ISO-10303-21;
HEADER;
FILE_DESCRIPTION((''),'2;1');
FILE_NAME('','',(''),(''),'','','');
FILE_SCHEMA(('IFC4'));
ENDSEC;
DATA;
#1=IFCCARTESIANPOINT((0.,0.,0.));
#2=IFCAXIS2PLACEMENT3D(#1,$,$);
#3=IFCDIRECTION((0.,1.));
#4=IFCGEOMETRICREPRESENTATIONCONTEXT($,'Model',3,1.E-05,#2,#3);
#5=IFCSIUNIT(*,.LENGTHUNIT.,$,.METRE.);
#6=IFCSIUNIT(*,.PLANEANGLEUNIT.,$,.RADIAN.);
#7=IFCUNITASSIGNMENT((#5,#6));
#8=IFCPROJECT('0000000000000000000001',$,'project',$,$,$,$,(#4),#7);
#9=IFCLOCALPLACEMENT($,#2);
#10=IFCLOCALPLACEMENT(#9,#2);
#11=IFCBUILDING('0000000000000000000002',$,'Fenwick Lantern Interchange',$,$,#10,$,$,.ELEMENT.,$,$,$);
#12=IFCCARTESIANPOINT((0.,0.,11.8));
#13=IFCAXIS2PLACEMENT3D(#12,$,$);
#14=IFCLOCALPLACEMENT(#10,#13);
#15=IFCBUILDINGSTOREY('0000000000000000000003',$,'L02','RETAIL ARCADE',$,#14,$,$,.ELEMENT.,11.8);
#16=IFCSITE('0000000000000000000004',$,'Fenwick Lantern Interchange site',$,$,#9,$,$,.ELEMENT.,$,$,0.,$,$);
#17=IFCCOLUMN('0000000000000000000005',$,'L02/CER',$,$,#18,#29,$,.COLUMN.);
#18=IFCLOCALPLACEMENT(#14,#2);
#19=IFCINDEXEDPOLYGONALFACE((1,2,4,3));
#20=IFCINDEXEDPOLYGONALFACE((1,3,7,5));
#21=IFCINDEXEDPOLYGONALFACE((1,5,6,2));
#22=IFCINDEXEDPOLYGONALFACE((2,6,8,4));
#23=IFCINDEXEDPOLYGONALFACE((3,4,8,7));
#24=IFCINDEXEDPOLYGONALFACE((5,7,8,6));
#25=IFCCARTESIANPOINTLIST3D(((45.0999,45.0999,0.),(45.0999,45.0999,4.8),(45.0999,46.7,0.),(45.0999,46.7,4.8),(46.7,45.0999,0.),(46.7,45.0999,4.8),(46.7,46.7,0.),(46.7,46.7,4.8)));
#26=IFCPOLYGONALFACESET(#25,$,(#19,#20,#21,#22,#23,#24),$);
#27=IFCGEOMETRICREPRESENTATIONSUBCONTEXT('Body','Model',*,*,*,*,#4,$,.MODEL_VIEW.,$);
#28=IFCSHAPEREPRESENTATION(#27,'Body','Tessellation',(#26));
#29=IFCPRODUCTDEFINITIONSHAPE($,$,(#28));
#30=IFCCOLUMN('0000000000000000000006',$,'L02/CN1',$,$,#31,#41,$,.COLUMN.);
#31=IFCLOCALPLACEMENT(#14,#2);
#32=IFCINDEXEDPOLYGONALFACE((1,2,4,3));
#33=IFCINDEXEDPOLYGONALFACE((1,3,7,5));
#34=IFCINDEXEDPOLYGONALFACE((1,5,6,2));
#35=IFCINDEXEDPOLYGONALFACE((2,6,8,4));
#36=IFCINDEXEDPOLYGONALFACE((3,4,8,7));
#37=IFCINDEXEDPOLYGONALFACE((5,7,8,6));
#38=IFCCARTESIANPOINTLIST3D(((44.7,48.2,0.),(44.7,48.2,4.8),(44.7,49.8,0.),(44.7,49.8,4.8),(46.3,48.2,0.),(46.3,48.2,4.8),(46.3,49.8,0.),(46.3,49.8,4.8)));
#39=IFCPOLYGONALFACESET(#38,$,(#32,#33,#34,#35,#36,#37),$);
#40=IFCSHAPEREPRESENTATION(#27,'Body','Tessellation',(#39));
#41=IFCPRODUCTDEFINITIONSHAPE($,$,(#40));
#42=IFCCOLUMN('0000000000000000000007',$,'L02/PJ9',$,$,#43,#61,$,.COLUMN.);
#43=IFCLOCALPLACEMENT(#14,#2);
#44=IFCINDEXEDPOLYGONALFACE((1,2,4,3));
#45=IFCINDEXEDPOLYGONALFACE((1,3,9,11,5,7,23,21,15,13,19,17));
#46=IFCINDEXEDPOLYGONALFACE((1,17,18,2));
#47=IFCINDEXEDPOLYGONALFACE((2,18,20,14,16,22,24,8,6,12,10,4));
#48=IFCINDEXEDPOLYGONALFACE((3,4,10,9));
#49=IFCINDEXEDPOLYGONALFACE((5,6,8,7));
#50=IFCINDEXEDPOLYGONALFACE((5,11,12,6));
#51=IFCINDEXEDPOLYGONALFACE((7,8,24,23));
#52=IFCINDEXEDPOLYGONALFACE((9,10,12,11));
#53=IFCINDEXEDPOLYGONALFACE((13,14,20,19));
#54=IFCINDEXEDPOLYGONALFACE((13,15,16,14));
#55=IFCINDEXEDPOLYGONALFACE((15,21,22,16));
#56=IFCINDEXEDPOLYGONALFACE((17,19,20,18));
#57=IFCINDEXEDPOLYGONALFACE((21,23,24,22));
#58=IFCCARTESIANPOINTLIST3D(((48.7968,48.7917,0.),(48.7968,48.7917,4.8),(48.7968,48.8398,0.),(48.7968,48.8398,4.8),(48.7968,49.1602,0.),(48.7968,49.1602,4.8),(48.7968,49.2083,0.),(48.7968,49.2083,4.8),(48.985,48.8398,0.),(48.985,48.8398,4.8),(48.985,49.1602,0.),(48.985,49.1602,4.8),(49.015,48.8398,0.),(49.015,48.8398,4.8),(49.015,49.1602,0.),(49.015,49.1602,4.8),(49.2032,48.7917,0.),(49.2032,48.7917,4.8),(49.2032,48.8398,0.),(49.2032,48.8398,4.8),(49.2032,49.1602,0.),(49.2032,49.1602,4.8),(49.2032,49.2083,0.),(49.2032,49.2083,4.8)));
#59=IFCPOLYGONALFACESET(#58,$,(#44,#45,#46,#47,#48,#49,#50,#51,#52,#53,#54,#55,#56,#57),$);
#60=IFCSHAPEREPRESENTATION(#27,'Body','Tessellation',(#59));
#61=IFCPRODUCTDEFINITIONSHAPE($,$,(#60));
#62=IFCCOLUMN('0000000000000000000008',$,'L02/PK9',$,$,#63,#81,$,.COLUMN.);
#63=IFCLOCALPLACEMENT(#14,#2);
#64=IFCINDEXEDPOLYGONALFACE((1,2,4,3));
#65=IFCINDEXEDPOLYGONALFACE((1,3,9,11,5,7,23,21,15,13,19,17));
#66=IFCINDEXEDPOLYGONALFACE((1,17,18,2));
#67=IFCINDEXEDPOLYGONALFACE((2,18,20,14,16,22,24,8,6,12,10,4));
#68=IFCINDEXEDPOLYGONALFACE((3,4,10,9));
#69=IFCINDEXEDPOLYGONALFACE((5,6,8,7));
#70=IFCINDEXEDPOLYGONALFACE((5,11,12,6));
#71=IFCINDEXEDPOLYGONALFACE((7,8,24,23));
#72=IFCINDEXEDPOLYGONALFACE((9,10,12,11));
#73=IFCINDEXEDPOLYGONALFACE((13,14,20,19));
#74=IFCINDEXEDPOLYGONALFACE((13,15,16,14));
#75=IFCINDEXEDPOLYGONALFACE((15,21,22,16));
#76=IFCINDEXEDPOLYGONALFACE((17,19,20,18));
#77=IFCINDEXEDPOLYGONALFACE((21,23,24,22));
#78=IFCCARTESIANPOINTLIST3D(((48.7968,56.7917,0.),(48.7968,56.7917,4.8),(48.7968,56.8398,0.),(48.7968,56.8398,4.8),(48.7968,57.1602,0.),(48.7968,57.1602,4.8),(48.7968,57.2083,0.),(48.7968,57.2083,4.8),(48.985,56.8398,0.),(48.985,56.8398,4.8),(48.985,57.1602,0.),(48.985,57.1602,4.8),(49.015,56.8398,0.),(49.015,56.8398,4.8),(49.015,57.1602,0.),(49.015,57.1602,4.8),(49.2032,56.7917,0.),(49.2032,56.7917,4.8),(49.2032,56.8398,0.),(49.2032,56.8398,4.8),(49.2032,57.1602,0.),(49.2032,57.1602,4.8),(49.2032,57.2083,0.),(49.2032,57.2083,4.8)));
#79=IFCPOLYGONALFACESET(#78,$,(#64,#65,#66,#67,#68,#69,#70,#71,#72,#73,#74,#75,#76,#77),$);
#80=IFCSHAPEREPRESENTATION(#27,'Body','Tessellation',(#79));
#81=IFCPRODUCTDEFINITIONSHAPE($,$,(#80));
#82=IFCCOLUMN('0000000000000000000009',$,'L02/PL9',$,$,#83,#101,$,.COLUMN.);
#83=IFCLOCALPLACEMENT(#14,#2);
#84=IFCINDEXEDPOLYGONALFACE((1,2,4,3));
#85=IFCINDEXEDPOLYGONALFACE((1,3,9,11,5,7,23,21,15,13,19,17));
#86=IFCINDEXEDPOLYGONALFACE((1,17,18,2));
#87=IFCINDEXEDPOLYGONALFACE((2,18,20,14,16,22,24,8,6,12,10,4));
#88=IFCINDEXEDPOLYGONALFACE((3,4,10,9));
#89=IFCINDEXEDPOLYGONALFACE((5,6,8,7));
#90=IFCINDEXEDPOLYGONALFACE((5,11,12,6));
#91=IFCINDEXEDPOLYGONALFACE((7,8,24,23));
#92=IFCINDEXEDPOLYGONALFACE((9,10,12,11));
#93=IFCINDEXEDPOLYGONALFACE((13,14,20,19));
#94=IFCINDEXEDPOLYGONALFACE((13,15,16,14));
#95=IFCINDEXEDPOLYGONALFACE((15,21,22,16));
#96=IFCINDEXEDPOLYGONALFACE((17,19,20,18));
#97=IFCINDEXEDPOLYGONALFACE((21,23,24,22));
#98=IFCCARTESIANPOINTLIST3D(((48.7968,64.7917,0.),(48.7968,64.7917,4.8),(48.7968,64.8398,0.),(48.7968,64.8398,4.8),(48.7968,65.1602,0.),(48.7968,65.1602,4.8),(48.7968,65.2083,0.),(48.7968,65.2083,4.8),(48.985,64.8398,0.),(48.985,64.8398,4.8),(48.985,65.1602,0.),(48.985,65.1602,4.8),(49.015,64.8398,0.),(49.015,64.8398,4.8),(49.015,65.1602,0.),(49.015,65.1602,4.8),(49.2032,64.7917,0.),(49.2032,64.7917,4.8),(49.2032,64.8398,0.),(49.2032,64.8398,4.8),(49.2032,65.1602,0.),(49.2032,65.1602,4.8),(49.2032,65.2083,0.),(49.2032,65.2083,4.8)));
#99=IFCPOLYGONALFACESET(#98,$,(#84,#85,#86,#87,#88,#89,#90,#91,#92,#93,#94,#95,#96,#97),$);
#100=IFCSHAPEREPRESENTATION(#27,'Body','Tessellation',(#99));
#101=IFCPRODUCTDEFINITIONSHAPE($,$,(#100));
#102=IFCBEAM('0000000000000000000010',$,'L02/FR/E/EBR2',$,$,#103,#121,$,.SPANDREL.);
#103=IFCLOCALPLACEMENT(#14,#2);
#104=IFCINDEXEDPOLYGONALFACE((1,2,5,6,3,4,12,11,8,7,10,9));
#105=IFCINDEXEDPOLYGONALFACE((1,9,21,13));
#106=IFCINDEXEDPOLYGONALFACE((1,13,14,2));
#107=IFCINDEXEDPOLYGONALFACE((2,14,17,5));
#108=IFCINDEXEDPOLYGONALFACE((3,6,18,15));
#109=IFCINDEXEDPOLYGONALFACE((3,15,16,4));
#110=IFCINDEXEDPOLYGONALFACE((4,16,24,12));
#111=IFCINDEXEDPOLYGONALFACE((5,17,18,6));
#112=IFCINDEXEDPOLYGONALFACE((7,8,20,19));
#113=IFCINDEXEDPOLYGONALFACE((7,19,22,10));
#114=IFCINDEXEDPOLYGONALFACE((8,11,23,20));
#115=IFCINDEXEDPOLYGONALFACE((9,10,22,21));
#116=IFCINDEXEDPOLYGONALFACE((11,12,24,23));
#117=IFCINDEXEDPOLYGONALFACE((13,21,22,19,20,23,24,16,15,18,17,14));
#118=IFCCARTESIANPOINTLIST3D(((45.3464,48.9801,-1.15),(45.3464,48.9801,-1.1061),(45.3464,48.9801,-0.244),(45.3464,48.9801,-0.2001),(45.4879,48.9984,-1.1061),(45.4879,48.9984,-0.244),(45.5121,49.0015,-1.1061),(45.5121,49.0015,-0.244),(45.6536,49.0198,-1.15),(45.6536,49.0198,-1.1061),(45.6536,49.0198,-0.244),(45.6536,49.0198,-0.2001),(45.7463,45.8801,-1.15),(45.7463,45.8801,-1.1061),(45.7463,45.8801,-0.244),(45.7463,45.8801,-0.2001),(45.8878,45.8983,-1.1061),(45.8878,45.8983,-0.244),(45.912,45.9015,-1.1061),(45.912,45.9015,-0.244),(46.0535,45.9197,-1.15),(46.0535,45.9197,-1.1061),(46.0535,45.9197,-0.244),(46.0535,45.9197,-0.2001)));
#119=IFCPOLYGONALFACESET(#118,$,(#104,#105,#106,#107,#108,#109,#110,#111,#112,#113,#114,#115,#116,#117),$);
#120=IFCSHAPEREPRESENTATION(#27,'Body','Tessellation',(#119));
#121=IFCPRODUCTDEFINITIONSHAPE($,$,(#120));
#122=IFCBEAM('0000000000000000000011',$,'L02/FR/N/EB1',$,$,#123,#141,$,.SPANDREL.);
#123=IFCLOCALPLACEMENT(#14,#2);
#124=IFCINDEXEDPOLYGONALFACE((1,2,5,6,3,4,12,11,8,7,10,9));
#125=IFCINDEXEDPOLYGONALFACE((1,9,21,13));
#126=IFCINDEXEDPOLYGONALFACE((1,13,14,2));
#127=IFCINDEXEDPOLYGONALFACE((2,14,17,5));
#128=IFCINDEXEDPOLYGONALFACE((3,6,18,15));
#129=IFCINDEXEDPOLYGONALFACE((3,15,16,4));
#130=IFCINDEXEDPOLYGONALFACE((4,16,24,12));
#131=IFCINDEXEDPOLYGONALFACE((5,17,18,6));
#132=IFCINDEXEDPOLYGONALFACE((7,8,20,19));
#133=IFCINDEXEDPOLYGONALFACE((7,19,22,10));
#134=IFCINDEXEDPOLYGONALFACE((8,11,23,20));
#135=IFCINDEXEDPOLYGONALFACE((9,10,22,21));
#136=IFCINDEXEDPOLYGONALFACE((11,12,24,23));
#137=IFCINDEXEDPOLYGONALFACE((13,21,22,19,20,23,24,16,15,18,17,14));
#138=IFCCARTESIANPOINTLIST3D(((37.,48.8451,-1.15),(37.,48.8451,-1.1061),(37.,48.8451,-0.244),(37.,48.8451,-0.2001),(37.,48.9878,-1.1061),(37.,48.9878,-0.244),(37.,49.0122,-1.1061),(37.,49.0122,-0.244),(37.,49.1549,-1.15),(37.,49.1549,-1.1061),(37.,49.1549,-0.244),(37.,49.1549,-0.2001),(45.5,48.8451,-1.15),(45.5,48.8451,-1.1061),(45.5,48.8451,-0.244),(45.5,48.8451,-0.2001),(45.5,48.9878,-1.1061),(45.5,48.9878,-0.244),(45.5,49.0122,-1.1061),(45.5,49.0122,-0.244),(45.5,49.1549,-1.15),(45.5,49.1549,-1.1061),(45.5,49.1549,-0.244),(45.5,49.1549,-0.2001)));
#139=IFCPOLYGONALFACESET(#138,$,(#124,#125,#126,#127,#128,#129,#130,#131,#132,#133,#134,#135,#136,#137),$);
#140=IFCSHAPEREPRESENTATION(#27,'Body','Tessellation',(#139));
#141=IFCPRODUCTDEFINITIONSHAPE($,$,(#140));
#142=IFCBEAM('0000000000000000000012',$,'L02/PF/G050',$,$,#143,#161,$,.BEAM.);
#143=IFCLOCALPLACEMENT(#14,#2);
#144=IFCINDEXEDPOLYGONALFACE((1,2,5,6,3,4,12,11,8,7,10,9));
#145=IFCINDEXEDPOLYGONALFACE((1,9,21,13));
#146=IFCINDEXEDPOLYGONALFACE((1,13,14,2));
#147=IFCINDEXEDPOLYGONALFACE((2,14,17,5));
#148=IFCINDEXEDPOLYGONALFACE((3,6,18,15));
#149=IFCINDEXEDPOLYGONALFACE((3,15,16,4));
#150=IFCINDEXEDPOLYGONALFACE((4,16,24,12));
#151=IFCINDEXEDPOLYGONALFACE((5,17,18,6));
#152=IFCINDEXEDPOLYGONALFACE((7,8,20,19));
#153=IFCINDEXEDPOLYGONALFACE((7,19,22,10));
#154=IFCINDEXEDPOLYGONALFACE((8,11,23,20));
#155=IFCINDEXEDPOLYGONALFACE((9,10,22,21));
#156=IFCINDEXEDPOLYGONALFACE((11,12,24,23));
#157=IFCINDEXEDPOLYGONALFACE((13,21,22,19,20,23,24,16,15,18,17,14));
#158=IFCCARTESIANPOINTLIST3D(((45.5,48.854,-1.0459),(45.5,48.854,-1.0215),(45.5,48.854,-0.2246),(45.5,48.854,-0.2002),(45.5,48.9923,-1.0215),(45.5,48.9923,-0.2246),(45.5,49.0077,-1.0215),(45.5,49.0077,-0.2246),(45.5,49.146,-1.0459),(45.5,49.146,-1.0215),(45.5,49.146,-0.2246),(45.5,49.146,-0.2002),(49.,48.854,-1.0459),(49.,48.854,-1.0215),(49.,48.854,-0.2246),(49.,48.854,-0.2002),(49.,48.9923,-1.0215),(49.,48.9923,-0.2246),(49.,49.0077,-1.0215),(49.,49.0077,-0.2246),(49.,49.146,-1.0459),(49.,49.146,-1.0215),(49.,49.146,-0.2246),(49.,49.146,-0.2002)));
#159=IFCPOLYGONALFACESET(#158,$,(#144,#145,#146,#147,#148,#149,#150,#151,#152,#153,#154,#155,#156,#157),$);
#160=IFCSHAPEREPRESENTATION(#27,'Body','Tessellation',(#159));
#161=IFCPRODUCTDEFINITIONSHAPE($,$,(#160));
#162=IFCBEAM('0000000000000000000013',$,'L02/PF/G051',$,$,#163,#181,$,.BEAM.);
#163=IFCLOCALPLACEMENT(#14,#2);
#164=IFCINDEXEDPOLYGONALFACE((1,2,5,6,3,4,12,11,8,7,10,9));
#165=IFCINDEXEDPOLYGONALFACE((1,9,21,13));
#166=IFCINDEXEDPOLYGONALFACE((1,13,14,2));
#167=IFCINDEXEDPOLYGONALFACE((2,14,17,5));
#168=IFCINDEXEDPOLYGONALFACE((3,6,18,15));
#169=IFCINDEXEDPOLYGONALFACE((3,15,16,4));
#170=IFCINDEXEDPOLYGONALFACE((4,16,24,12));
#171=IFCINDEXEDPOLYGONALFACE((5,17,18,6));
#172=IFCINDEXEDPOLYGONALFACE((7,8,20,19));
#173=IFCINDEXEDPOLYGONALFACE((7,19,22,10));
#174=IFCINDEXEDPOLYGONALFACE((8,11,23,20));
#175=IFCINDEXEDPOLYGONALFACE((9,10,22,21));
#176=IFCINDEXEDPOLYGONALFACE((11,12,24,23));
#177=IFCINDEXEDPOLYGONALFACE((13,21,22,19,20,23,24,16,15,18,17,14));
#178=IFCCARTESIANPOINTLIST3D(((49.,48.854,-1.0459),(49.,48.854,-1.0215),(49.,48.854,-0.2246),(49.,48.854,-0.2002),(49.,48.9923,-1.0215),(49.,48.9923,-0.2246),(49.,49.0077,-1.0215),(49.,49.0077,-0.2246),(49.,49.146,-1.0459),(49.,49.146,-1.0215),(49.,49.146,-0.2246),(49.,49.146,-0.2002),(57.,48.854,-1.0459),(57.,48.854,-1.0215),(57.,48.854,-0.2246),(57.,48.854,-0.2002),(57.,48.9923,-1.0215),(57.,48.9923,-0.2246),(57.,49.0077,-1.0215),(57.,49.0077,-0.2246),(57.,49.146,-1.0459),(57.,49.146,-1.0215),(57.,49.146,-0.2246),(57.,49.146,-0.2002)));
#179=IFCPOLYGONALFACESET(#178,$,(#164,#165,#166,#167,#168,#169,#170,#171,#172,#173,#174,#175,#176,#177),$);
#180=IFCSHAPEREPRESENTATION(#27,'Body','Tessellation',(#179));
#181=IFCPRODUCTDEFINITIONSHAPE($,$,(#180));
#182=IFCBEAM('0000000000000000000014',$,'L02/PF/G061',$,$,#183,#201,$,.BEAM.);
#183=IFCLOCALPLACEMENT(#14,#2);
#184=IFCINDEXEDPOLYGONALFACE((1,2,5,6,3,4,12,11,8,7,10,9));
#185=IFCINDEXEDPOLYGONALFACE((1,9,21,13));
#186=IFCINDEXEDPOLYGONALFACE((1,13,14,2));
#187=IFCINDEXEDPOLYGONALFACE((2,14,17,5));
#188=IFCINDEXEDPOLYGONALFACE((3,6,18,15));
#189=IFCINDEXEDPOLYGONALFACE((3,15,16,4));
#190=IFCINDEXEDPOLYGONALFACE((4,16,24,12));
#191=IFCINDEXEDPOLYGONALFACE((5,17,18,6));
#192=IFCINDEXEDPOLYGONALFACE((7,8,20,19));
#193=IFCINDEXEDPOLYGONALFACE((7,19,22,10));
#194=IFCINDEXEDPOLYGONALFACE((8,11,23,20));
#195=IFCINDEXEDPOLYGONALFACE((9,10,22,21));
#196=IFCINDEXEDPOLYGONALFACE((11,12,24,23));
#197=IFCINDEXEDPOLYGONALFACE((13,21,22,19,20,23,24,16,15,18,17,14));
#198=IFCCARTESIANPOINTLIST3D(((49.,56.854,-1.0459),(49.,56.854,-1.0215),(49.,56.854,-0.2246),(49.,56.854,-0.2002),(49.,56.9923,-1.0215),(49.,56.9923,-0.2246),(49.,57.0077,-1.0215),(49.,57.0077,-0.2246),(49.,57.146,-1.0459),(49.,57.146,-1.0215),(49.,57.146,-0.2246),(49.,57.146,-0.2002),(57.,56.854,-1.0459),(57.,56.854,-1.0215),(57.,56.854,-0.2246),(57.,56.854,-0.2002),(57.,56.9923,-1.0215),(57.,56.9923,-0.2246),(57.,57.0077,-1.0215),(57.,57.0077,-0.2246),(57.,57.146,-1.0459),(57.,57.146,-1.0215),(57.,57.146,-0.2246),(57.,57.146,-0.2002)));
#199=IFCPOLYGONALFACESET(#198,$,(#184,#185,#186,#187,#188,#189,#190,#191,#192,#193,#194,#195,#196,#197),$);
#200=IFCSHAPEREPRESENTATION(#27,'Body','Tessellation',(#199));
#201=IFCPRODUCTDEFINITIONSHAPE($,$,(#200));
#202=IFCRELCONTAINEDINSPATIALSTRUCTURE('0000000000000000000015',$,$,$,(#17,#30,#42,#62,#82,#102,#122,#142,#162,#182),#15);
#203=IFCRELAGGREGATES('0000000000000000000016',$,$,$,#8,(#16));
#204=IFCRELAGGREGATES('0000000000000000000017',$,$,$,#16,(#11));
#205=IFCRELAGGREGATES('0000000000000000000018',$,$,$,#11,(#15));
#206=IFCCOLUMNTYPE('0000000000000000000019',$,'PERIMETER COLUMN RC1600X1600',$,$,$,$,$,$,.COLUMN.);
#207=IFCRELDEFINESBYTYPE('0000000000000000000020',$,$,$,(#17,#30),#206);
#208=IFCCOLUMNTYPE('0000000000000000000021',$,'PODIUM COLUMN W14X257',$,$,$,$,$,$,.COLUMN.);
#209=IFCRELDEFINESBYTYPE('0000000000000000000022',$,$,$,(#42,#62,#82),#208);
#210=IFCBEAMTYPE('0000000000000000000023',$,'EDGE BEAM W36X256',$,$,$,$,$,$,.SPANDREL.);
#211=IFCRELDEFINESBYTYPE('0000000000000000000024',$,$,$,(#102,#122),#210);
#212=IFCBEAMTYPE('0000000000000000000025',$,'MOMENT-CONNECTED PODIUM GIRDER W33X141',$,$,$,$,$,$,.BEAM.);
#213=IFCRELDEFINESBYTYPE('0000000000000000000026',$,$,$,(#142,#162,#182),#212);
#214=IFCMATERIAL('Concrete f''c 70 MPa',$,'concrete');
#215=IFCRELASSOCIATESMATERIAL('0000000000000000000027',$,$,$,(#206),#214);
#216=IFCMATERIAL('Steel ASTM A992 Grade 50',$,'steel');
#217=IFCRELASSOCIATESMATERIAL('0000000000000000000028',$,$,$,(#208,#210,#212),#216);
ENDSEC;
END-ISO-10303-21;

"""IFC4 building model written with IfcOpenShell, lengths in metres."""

from ifc_helpers import new_model, si_unit, direction, frame, origin, origin_2d, place, context, subcontext, project, spatial, rectangle, i_section, extrude, material, material_profile, profile_set, type_object, element, save


model = new_model("IFC4")

# Units and contexts
model_context = context("Model", 3, precision=1e-05, world=origin(), true_north=direction((0.0, 1.0)))
body_context = subcontext(model_context, "Body", "Model", "MODEL_VIEW")
ifc_project = project(units=[si_unit("LENGTHUNIT", "METRE"), si_unit("PLANEANGLEUNIT", "RADIAN")], contexts=[model_context])

# Site, building, storey
site_placement = place(None, origin())
site = spatial("IfcSite", under=ifc_project, at=site_placement, Name="Fenwick Lantern Interchange site", CompositionType="ELEMENT", RefElevation=0.0)
building_placement = place(site_placement, origin())
building = spatial("IfcBuilding", under=site, at=building_placement, Name="Fenwick Lantern Interchange", CompositionType="ELEMENT")
storey_placement = place(building_placement, frame((0.0, 0.0, 11.8)))
storey = spatial("IfcBuildingStorey", under=building, at=storey_placement, Name="L02", Description="RETAIL ARCADE", CompositionType="ELEMENT", Elevation=11.8)

# Columns
ifc_material_1 = material(Name="Concrete f'c 70 MPa", Category="concrete")
ifc_material_profile_1 = material_profile(ifc_material_1, rectangle(XDim=1.6001, YDim=1.6001, at=origin_2d()), Name="RC1600X1600")
ifc_profile_set_1 = profile_set([ifc_material_profile_1], Name="Concrete f'c 70 MPa")
column_type_1 = type_object("IfcColumnType", Name="PERIMETER COLUMN RC1600X1600", PredefinedType="COLUMN", material=ifc_profile_set_1)
for number, where, z_axis, x_axis, name in (
    (1, (45.8999, 45.8999, 0.0), (0.0, 0.0, 1.0), (1.0, 0.0, 0.0), "L02/CER"),
    (2, (45.5, 49.0, 0.0), (0.0, 0.0, 1.0), (1.0, 0.0, 0.0), "L02/CN1"),
):
    element("IfcColumn", number, at=place(storey_placement, frame(where, z_axis=z_axis, x_axis=x_axis)), inside=storey, type_object=column_type_1, Name=name, PredefinedType="COLUMN", context=body_context, shape_type="SweptSolid", body=[
        extrude(rectangle(XDim=1.6001, YDim=1.6001, at=origin_2d()), origin(), (0.0, 0.0, 1.0), 4.8),
    ])
ifc_material_2 = material(Name="Steel ASTM A992 Grade 50", Category="steel")
ifc_material_profile_2 = material_profile(ifc_material_2, i_section(OverallWidth=0.4065, OverallDepth=0.4165, WebThickness=0.03, FlangeThickness=0.0481, at=origin_2d()), Name="W14X257")
ifc_profile_set_2 = profile_set([ifc_material_profile_2], Name="Steel ASTM A992 Grade 50")
column_type_2 = type_object("IfcColumnType", Name="PODIUM COLUMN W14X257", PredefinedType="COLUMN", material=ifc_profile_set_2)
for number, where, z_axis, x_axis, name in (
    (3, (49.0, 49.0, 0.0), (0.0, 0.0, 1.0), (1.0, 0.0, 0.0), "L02/PJ9"),
    (4, (49.0, 57.0, 0.0), (0.0, 0.0, 1.0), (1.0, 0.0, 0.0), "L02/PK9"),
    (5, (49.0, 65.0, 0.0), (0.0, 0.0, 1.0), (1.0, 0.0, 0.0), "L02/PL9"),
):
    element("IfcColumn", number, at=place(storey_placement, frame(where, z_axis=z_axis, x_axis=x_axis)), inside=storey, type_object=column_type_2, Name=name, PredefinedType="COLUMN", context=body_context, shape_type="SweptSolid", body=[
        extrude(i_section(OverallWidth=0.4065, OverallDepth=0.4165, WebThickness=0.03, FlangeThickness=0.0481, at=origin_2d()), origin(), (0.0, 0.0, 1.0), 4.8),
    ])

# Beams
ifc_material_profile_3 = material_profile(ifc_material_2, i_section(OverallWidth=0.3098, OverallDepth=0.95, WebThickness=0.0244, FlangeThickness=0.0439, at=origin_2d()), Name="W36X256")
ifc_profile_set_3 = profile_set([ifc_material_profile_3], Name="Steel ASTM A992 Grade 50")
beam_type_1 = type_object("IfcBeamType", Name="EDGE BEAM W36X256", PredefinedType="SPANDREL", material=ifc_profile_set_3)
beam_1_placement = place(storey_placement, frame((45.8999, 45.8999, -0.675), z_axis=(-0.127937, 0.991782, 0.0), x_axis=(-0.991782, -0.127937, 0.0)))
element("IfcBeam", 6, at=beam_1_placement, inside=storey, type_object=beam_type_1, Name="L02/FR/E/EBR2", PredefinedType="SPANDREL", context=body_context, shape_type="SweptSolid", body=[
    extrude(i_section(OverallWidth=0.3098, OverallDepth=0.95, WebThickness=0.0244, FlangeThickness=0.0439, at=origin_2d()), origin(), (0.0, 0.0, 1.0), 3.1257),
])
beam_2_placement = place(storey_placement, frame((45.5, 49.0, -0.675), z_axis=(-1.0, 0.0, 0.0), x_axis=(0.0, -1.0, 0.0)))
element("IfcBeam", 7, at=beam_2_placement, inside=storey, type_object=beam_type_1, Name="L02/FR/N/EB1", PredefinedType="SPANDREL", context=body_context, shape_type="SweptSolid", body=[
    extrude(i_section(OverallWidth=0.3098, OverallDepth=0.95, WebThickness=0.0244, FlangeThickness=0.0439, at=origin_2d()), origin(), (0.0, 0.0, 1.0), 8.5),
])
ifc_material_profile_4 = material_profile(ifc_material_2, i_section(OverallWidth=0.292, OverallDepth=0.8457, WebThickness=0.0154, FlangeThickness=0.0244, at=origin_2d()), Name="W33X141")
ifc_profile_set_4 = profile_set([ifc_material_profile_4], Name="Steel ASTM A992 Grade 50")
beam_type_2 = type_object("IfcBeamType", Name="MOMENT-CONNECTED PODIUM GIRDER W33X141", PredefinedType="BEAM", material=ifc_profile_set_4)
beam_3_placement = place(storey_placement, frame((45.5, 49.0, -0.623), z_axis=(1.0, 0.0, 0.0), x_axis=(0.0, 1.0, 0.0)))
element("IfcBeam", 8, at=beam_3_placement, inside=storey, type_object=beam_type_2, Name="L02/PF/G050", PredefinedType="BEAM", context=body_context, shape_type="SweptSolid", body=[
    extrude(i_section(OverallWidth=0.292, OverallDepth=0.8457, WebThickness=0.0154, FlangeThickness=0.0244, at=origin_2d()), origin(), (0.0, 0.0, 1.0), 3.5),
])
for number, where, z_axis, x_axis, name in (
    (9, (49.0, 49.0, -0.623), (1.0, 0.0, 0.0), (0.0, 1.0, 0.0), "L02/PF/G051"),
    (10, (49.0, 57.0, -0.623), (1.0, 0.0, 0.0), (0.0, 1.0, 0.0), "L02/PF/G061"),
):
    element("IfcBeam", number, at=place(storey_placement, frame(where, z_axis=z_axis, x_axis=x_axis)), inside=storey, type_object=beam_type_2, Name=name, PredefinedType="BEAM", context=body_context, shape_type="SweptSolid", body=[
        extrude(i_section(OverallWidth=0.292, OverallDepth=0.8457, WebThickness=0.0154, FlangeThickness=0.0244, at=origin_2d()), origin(), (0.0, 0.0, 1.0), 8.0),
    ])

save(model, "model.ifc")
